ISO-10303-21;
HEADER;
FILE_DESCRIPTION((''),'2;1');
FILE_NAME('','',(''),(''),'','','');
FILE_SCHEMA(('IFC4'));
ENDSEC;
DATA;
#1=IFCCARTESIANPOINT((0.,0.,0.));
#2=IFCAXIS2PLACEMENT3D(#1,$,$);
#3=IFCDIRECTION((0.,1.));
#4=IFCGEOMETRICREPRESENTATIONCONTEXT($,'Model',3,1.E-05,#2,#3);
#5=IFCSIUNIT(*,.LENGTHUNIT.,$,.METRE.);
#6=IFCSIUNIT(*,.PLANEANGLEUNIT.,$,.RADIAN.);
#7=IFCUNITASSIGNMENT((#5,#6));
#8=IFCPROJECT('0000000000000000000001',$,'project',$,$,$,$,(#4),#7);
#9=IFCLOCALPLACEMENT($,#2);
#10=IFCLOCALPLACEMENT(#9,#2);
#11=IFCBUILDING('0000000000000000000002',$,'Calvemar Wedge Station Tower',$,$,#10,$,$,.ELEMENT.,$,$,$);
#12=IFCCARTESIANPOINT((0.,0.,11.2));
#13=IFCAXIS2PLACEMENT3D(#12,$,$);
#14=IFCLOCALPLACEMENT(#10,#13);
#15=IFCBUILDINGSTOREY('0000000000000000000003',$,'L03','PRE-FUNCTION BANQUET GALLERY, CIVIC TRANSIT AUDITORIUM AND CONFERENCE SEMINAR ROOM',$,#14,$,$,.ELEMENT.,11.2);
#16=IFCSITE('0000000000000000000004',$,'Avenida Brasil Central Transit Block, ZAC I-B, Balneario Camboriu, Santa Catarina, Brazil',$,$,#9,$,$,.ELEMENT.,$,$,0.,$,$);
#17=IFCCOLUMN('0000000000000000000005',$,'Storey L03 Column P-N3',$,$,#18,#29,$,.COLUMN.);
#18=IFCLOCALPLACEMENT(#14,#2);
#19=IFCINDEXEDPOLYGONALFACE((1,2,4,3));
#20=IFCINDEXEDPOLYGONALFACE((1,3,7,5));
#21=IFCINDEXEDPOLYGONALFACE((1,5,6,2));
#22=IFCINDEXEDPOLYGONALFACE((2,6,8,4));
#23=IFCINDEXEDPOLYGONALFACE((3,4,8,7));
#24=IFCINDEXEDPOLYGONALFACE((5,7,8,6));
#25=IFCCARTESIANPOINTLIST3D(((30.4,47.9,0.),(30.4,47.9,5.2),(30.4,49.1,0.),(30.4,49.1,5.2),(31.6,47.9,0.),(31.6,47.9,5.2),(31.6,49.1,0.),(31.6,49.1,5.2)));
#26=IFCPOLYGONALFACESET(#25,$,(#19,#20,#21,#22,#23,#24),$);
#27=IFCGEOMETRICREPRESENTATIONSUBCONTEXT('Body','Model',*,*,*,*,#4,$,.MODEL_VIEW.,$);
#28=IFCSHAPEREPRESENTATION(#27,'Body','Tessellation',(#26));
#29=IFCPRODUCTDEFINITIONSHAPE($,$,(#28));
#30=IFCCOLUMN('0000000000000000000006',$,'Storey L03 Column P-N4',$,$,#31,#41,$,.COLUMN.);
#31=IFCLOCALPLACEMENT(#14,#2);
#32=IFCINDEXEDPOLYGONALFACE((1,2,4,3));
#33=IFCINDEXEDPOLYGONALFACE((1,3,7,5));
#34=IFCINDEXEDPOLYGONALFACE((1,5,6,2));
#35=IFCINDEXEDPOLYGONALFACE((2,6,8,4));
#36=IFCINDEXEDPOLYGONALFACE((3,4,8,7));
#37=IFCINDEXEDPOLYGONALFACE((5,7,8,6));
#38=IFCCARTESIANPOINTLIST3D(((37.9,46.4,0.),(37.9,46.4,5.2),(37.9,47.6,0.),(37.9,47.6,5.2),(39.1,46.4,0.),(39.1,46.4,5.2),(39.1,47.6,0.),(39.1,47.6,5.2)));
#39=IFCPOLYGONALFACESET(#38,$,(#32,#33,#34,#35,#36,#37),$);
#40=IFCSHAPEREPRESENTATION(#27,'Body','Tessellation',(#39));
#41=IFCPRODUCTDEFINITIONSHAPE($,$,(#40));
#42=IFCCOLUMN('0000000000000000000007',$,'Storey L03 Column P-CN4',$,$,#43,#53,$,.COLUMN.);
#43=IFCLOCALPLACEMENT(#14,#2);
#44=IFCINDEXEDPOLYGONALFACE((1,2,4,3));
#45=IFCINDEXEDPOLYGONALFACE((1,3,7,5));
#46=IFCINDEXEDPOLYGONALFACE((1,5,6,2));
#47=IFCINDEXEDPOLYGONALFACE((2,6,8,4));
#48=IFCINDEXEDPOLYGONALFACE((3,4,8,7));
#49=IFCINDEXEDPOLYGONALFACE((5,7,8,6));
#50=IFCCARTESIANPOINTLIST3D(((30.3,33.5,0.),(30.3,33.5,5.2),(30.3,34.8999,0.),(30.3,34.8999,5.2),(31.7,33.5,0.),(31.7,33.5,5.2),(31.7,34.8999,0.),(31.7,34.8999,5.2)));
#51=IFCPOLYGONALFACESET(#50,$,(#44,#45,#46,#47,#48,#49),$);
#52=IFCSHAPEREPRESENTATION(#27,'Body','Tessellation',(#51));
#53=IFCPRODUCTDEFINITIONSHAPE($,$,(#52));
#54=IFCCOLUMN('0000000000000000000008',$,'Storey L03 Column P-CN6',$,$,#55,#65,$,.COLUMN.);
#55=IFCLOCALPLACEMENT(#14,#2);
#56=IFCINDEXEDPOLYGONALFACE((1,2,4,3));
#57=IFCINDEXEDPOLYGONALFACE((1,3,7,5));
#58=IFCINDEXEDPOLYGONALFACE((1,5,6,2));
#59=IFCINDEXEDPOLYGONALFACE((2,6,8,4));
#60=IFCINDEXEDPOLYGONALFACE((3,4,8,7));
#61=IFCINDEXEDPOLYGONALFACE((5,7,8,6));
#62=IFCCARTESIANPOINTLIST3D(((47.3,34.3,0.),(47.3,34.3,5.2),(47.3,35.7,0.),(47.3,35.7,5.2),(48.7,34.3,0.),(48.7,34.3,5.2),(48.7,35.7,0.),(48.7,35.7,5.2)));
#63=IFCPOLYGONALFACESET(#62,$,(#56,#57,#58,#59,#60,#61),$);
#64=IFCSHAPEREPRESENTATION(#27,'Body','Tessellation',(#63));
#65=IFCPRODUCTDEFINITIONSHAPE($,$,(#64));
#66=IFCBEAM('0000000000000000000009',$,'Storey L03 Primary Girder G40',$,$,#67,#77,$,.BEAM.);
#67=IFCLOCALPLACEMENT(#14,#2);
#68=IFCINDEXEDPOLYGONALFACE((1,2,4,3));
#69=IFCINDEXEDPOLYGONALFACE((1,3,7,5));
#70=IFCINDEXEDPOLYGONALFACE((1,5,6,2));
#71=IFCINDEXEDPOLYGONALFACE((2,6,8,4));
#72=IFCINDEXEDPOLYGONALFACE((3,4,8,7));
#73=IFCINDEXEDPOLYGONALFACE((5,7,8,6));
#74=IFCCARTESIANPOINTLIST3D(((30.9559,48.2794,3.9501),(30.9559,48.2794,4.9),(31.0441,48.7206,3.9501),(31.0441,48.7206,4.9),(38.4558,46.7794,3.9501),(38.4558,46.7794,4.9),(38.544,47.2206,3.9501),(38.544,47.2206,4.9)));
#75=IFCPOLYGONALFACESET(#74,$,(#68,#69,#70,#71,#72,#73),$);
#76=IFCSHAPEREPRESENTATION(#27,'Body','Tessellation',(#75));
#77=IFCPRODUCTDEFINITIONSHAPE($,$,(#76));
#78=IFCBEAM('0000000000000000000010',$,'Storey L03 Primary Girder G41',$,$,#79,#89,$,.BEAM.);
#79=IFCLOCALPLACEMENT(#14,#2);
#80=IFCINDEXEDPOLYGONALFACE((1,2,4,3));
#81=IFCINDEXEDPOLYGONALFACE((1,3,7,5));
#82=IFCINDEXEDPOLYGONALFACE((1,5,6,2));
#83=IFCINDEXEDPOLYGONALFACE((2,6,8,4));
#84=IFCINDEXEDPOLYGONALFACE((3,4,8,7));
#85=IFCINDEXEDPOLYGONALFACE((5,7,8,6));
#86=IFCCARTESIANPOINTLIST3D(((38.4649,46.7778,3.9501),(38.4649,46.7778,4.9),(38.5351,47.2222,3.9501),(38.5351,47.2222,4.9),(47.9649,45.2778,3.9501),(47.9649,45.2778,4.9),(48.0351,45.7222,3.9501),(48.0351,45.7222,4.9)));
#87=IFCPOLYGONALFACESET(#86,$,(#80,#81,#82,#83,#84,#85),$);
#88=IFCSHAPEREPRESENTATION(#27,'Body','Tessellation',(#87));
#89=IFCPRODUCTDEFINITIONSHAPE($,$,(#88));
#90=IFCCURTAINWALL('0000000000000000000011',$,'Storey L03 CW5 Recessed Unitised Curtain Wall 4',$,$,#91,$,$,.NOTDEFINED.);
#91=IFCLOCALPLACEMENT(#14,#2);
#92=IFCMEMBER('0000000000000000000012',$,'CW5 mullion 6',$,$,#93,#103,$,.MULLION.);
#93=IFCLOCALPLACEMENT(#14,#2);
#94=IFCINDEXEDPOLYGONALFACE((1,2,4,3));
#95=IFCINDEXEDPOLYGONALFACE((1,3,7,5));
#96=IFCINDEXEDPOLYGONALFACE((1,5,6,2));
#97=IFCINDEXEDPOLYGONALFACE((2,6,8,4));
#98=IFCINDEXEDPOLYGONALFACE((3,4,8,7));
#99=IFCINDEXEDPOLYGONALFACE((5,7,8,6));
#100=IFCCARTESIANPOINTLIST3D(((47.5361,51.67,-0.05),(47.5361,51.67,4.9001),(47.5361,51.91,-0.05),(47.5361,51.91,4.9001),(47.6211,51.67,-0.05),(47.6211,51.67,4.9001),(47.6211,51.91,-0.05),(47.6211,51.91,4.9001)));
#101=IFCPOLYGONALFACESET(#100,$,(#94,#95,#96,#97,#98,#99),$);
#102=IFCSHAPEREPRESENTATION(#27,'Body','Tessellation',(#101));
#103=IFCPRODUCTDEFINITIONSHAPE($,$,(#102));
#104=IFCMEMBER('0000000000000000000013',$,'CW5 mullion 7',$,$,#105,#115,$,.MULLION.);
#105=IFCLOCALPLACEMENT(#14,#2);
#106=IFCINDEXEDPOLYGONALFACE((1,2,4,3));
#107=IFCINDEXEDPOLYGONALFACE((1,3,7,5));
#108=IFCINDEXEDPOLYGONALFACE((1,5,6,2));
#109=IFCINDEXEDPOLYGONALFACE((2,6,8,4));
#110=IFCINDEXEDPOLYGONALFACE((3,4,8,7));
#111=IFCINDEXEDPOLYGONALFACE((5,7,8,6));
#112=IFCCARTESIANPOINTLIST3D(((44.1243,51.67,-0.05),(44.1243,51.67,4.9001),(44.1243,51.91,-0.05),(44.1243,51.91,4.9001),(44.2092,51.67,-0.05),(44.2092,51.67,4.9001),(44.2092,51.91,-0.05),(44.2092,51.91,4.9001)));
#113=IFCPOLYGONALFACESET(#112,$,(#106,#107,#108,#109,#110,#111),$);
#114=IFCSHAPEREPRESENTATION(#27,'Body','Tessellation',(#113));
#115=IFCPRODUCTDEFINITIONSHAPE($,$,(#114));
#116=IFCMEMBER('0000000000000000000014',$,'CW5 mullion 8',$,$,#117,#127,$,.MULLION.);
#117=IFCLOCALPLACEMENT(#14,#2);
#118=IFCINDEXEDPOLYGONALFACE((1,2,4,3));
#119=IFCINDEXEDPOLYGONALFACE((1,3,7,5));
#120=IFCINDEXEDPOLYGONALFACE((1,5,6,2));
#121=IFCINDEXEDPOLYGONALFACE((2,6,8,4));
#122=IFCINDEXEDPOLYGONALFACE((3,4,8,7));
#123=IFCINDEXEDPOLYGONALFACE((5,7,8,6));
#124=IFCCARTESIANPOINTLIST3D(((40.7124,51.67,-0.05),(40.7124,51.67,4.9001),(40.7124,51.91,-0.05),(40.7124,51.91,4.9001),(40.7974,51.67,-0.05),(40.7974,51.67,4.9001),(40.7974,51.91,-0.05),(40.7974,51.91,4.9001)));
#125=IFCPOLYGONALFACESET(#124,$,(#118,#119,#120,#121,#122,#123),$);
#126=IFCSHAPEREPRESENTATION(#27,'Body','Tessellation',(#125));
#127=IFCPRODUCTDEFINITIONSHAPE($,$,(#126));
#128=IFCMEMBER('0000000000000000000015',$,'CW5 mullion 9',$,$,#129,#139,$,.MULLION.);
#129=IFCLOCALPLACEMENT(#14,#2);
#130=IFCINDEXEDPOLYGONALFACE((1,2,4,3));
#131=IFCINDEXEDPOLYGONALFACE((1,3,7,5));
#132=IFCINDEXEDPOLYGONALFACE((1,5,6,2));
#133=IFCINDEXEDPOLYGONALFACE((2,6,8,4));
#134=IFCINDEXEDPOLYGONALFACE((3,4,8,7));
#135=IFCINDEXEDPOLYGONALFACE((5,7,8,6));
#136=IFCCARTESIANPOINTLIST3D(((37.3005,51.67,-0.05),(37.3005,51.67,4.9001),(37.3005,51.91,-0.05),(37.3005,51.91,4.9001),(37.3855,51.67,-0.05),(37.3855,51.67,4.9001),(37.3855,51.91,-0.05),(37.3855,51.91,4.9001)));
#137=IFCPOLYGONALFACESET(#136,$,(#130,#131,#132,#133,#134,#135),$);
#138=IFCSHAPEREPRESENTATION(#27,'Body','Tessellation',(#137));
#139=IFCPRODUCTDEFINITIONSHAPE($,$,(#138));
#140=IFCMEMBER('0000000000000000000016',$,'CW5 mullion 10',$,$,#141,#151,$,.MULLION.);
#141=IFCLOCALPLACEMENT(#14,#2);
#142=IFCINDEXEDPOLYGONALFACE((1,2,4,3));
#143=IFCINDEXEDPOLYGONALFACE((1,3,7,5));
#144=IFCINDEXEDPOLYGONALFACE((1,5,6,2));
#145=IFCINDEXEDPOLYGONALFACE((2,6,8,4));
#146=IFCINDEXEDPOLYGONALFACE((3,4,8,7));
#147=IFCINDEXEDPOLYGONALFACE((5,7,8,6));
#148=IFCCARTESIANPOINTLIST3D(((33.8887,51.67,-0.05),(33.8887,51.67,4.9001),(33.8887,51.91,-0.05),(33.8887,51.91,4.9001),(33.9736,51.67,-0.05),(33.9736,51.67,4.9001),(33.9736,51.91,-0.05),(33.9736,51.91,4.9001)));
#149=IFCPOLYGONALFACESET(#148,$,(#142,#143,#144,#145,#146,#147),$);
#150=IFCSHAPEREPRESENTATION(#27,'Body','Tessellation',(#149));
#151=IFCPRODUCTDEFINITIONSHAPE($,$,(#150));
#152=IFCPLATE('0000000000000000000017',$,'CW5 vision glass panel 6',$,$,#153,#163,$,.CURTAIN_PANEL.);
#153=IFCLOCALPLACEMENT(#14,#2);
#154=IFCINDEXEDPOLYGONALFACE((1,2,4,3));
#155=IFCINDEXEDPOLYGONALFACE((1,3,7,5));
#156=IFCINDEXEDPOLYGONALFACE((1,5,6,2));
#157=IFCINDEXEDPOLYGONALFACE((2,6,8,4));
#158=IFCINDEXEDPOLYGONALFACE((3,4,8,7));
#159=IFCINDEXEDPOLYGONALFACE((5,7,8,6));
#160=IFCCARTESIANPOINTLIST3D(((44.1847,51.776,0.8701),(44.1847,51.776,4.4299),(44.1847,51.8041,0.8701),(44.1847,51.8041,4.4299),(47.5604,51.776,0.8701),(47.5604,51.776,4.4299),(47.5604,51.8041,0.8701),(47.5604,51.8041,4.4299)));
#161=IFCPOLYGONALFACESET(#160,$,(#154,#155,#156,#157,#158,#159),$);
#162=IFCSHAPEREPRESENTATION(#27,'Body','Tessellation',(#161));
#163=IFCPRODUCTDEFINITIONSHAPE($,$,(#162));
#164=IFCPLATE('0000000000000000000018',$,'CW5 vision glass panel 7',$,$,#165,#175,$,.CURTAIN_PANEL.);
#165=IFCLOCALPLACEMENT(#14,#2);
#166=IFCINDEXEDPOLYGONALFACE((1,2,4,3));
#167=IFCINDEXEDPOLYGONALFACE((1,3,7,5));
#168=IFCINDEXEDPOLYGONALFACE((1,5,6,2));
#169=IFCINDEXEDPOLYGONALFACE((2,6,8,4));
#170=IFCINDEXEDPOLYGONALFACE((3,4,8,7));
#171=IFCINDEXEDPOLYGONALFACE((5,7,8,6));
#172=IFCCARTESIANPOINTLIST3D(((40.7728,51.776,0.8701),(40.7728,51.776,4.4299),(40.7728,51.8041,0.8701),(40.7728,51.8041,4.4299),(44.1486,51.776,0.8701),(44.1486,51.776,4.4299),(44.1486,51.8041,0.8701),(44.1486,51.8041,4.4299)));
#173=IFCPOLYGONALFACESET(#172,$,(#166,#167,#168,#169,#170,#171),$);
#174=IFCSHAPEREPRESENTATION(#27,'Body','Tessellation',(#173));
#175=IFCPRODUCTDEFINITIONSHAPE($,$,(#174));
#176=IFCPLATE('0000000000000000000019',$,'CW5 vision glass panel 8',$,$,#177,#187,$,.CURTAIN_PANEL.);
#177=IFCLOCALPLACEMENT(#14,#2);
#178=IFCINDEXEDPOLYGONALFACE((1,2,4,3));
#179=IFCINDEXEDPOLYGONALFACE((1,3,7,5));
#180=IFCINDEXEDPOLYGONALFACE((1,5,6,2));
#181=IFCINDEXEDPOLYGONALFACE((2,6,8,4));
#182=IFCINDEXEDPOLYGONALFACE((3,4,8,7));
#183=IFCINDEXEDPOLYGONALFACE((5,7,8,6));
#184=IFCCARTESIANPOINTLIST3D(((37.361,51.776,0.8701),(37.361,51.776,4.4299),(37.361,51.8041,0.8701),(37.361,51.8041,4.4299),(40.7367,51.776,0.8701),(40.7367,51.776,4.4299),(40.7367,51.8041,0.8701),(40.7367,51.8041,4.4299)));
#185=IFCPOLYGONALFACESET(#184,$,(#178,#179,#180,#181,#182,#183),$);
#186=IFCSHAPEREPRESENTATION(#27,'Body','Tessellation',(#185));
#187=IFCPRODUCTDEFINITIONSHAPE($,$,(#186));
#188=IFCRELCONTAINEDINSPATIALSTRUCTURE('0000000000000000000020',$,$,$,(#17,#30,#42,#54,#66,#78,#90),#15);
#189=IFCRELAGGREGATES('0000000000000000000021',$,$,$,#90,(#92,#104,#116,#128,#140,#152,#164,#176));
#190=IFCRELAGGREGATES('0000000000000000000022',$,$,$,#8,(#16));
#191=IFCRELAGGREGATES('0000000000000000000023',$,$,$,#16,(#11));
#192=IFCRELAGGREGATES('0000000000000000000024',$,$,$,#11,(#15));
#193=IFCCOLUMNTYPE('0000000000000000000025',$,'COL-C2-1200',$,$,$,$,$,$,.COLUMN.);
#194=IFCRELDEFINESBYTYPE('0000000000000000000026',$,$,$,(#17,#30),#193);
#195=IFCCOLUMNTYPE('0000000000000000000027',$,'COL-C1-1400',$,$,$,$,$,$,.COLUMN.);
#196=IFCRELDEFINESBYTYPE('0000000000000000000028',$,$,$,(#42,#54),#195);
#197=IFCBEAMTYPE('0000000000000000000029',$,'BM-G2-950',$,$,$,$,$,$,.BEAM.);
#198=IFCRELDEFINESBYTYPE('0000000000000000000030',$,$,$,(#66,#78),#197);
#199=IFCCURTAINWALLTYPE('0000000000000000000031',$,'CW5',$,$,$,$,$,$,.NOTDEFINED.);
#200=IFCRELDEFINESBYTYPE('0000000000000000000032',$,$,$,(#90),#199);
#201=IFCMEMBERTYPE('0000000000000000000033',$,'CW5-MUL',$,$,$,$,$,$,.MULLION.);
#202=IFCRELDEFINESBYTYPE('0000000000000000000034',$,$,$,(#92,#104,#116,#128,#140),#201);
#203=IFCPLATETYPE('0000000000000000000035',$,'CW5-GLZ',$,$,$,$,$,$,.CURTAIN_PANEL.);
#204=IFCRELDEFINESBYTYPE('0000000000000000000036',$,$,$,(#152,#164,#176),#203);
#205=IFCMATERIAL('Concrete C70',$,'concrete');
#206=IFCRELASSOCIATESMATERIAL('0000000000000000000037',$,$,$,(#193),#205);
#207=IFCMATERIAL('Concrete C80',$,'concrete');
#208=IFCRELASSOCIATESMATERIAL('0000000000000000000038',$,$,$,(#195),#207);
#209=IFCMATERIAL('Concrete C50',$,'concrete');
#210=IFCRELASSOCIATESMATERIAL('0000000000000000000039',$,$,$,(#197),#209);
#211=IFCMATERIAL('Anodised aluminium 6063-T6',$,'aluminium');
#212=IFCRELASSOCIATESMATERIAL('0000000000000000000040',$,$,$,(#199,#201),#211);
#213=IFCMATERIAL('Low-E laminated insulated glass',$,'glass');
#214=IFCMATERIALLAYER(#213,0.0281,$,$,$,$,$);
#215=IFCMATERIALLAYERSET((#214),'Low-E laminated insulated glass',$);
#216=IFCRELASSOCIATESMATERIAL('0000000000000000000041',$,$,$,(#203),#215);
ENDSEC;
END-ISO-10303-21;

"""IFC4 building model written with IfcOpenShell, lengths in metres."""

from ifc_helpers import new_model, si_unit, direction, frame, frame_2d, origin, origin_2d, place, context, subcontext, project, spatial, rectangle, extrude, source, transform, mapped, material, layer, layer_set, material_profile, profile_set, type_object, element, aggregate, save


model = new_model("IFC4")

# Units and contexts
model_context = context("Model", 3, precision=1e-05, world=origin(), true_north=direction((0.0, 1.0)))
body_context = subcontext(model_context, "Body", "Model", "MODEL_VIEW")
ifc_project = project(units=[si_unit("LENGTHUNIT", "METRE"), si_unit("PLANEANGLEUNIT", "RADIAN")], contexts=[model_context])

# Site, building, storey
site_placement = place(None, origin())
site = spatial("IfcSite", under=ifc_project, at=site_placement, Name="Avenida Brasil Central Transit Block, ZAC I-B, Balneario Camboriu, Santa Catarina, Brazil", CompositionType="ELEMENT", RefElevation=0.0)
building_placement = place(site_placement, origin())
building = spatial("IfcBuilding", under=site, at=building_placement, Name="Calvemar Wedge Station Tower", CompositionType="ELEMENT")
storey_placement = place(building_placement, frame((0.0, 0.0, 11.2)))
storey = spatial("IfcBuildingStorey", under=building, at=storey_placement, Name="L03", Description="PRE-FUNCTION BANQUET GALLERY, CIVIC TRANSIT AUDITORIUM AND CONFERENCE SEMINAR ROOM", CompositionType="ELEMENT", Elevation=11.2)

# Columns
ifc_material_1 = material(Name="Concrete C70", Category="concrete")
ifc_material_profile_1 = material_profile(ifc_material_1, rectangle(XDim=1.2, YDim=1.2, at=origin_2d()), Name="RC1200x1200")
ifc_profile_set_1 = profile_set([ifc_material_profile_1], Name="Concrete C70")
column_type_1 = type_object("IfcColumnType", Name="COL-C2-1200", PredefinedType="COLUMN", material=ifc_profile_set_1)
shared_shape_1 = source(origin(), body_context, "Body", "SweptSolid", [
    extrude(rectangle(XDim=1.2, YDim=1.2, at=origin_2d()), origin(), (0.0, 0.0, 1.0), 5.2),
])
for number, where, z_axis, x_axis, name in (
    (1, (31.0, 48.5, 0.0), (0.0, 0.0, 1.0), (1.0, 0.0, 0.0), "Storey L03 Column P-N3"),
    (2, (38.5, 47.0, 0.0), (0.0, 0.0, 1.0), (1.0, 0.0, 0.0), "Storey L03 Column P-N4"),
):
    element("IfcColumn", number, at=place(storey_placement, frame(where, z_axis=z_axis, x_axis=x_axis)), inside=storey, type_object=column_type_1, Name=name, PredefinedType="COLUMN", context=body_context, shape_type="MappedRepresentation", body=[
        mapped(shared_shape_1, transform((0.0, 0.0, 0.0), scale=1.0)),
    ])
ifc_material_2 = material(Name="Concrete C80", Category="concrete")
ifc_material_profile_2 = material_profile(ifc_material_2, rectangle(XDim=1.3999, YDim=1.3999, at=origin_2d()), Name="RC1400x1400")
ifc_profile_set_2 = profile_set([ifc_material_profile_2], Name="Concrete C80")
column_type_2 = type_object("IfcColumnType", Name="COL-C1-1400", PredefinedType="COLUMN", material=ifc_profile_set_2)
shared_shape_2 = source(origin(), body_context, "Body", "SweptSolid", [
    extrude(rectangle(XDim=1.3999, YDim=1.3999, at=origin_2d()), origin(), (0.0, 0.0, 1.0), 5.2),
])
for number, where, z_axis, x_axis, name in (
    (3, (31.0, 34.2, 0.0), (0.0, 0.0, 1.0), (1.0, 0.0, 0.0), "Storey L03 Column P-CN4"),
    (4, (48.0, 35.0, 0.0), (0.0, 0.0, 1.0), (1.0, 0.0, 0.0), "Storey L03 Column P-CN6"),
):
    element("IfcColumn", number, at=place(storey_placement, frame(where, z_axis=z_axis, x_axis=x_axis)), inside=storey, type_object=column_type_2, Name=name, PredefinedType="COLUMN", context=body_context, shape_type="MappedRepresentation", body=[
        mapped(shared_shape_2, transform((0.0, 0.0, 0.0), scale=1.0)),
    ])

# Beams
ifc_material_3 = material(Name="Concrete C50", Category="concrete")
ifc_material_profile_3 = material_profile(ifc_material_3, rectangle(XDim=0.45, YDim=0.95, at=origin_2d()), Name="RC450x950")
ifc_profile_set_3 = profile_set([ifc_material_profile_3], Name="Concrete C50")
beam_type = type_object("IfcBeamType", Name="BM-G2-950", PredefinedType="BEAM", material=ifc_profile_set_3)
shared_shape_3 = source(origin(), body_context, "Body", "SweptSolid", [
    extrude(rectangle(XDim=0.45, YDim=0.95, at=origin_2d()), origin(), (0.0, 0.0, 1.0), 7.6484),
])
beam_1_placement = place(storey_placement, frame((31.0, 48.5, 4.425), z_axis=(0.980581, -0.196116, 0.0), x_axis=(0.196116, 0.980581, 0.0)))
element("IfcBeam", 5, at=beam_1_placement, inside=storey, type_object=beam_type, Name="Storey L03 Primary Girder G40", PredefinedType="BEAM", context=body_context, shape_type="MappedRepresentation", body=[
    mapped(shared_shape_3, transform((0.0, 0.0, 0.0), scale=1.0)),
])
shared_shape_4 = source(origin(), body_context, "Body", "SweptSolid", [
    extrude(rectangle(XDim=0.45, YDim=0.95, at=origin_2d()), origin(), (0.0, 0.0, 1.0), 9.6177),
])
beam_2_placement = place(storey_placement, frame((38.5, 47.0, 4.425), z_axis=(0.987763, -0.155963, 0.0), x_axis=(0.155963, 0.987763, 0.0)))
element("IfcBeam", 6, at=beam_2_placement, inside=storey, type_object=beam_type, Name="Storey L03 Primary Girder G41", PredefinedType="BEAM", context=body_context, shape_type="MappedRepresentation", body=[
    mapped(shared_shape_4, transform((0.0, 0.0, 0.0), scale=1.0)),
])

# Curtain wall, members, plates
ifc_material_4 = material(Name="Anodised aluminium 6063-T6", Category="aluminium")
curtain_wall_type = type_object("IfcCurtainWallType", Name="CW5", PredefinedType="NOTDEFINED", material=ifc_material_4)
curtain_wall_placement = place(storey_placement, origin())
curtain_wall = element("IfcCurtainWall", 7, at=curtain_wall_placement, inside=storey, type_object=curtain_wall_type, Name="Storey L03 CW5 Recessed Unitised Curtain Wall 4", PredefinedType="NOTDEFINED")
ifc_material_profile_4 = material_profile(ifc_material_4, rectangle(XDim=0.085, YDim=0.24, at=origin_2d()), Name="AL-MUL-85x240")
ifc_profile_set_4 = profile_set([ifc_material_profile_4], Name="Anodised aluminium 6063-T6")
member_type = type_object("IfcMemberType", Name="CW5-MUL", PredefinedType="MULLION", material=ifc_profile_set_4)
shared_shape_5 = source(origin(), body_context, "Body", "SweptSolid", [
    extrude(rectangle(XDim=0.085, YDim=0.24, at=origin_2d()), origin(), (0.0, 0.0, 1.0), 4.9502),
])
member_1_placement = place(storey_placement, frame((47.5786, 51.79, -0.05), z_axis=(0.0, 0.0, 1.0), x_axis=(1.0, 0.0, 0.0)))
member_1 = element("IfcMember", 8, at=member_1_placement, type_object=member_type, Name="CW5 mullion 6", PredefinedType="MULLION", context=body_context, shape_type="MappedRepresentation", body=[
    mapped(shared_shape_5, transform((0.0, 0.0, 0.0), scale=1.0)),
])
member_2_placement = place(storey_placement, frame((44.1667, 51.79, -0.05), z_axis=(0.0, 0.0, 1.0), x_axis=(1.0, 0.0, 0.0)))
member_2 = element("IfcMember", 9, at=member_2_placement, type_object=member_type, Name="CW5 mullion 7", PredefinedType="MULLION", context=body_context, shape_type="MappedRepresentation", body=[
    mapped(shared_shape_5, transform((0.0, 0.0, 0.0), scale=1.0)),
])
member_3_placement = place(storey_placement, frame((40.7549, 51.79, -0.05), z_axis=(0.0, 0.0, 1.0), x_axis=(1.0, 0.0, 0.0)))
member_3 = element("IfcMember", 10, at=member_3_placement, type_object=member_type, Name="CW5 mullion 8", PredefinedType="MULLION", context=body_context, shape_type="MappedRepresentation", body=[
    mapped(shared_shape_5, transform((0.0, 0.0, 0.0), scale=1.0)),
])
member_4_placement = place(storey_placement, frame((37.343, 51.79, -0.05), z_axis=(0.0, 0.0, 1.0), x_axis=(1.0, 0.0, 0.0)))
member_4 = element("IfcMember", 11, at=member_4_placement, type_object=member_type, Name="CW5 mullion 9", PredefinedType="MULLION", context=body_context, shape_type="MappedRepresentation", body=[
    mapped(shared_shape_5, transform((0.0, 0.0, 0.0), scale=1.0)),
])
member_5_placement = place(storey_placement, frame((33.9312, 51.79, -0.05), z_axis=(0.0, 0.0, 1.0), x_axis=(1.0, 0.0, 0.0)))
member_5 = element("IfcMember", 12, at=member_5_placement, type_object=member_type, Name="CW5 mullion 10", PredefinedType="MULLION", context=body_context, shape_type="MappedRepresentation", body=[
    mapped(shared_shape_5, transform((0.0, 0.0, 0.0), scale=1.0)),
])
ifc_material_5 = material(Name="Low-E laminated insulated glass", Category="glass")
ifc_layer_1 = layer(ifc_material_5, 0.0281)
ifc_layer_set_1 = layer_set([ifc_layer_1], Name="Low-E laminated insulated glass")
plate_type_1 = type_object("IfcPlateType", Name="CW5-GLZ", PredefinedType="CURTAIN_PANEL", material=ifc_layer_set_1)
plate_1_placement = place(storey_placement, frame((47.5605, 51.79, 0.8701), z_axis=(0.0, 0.0, 1.0), x_axis=(-1.0, 0.0, 0.0)))
plate_1 = element("IfcPlate", 13, at=plate_1_placement, type_object=plate_type_1, Name="CW5 vision glass panel 6", PredefinedType="CURTAIN_PANEL", context=body_context, shape_type="SweptSolid", body=[
    extrude(rectangle(XDim=3.3757, YDim=0.0281, at=frame_2d((1.688, 0.0))), origin(), (0.0, 0.0, 1.0), 3.5598),
])
plate_2_placement = place(storey_placement, frame((44.1487, 51.79, 0.8701), z_axis=(0.0, 0.0, 1.0), x_axis=(-1.0, 0.0, 0.0)))
plate_2 = element("IfcPlate", 14, at=plate_2_placement, type_object=plate_type_1, Name="CW5 vision glass panel 7", PredefinedType="CURTAIN_PANEL", context=body_context, shape_type="SweptSolid", body=[
    extrude(rectangle(XDim=3.3757, YDim=0.0281, at=frame_2d((1.688, 0.0))), origin(), (0.0, 0.0, 1.0), 3.5598),
])
plate_3_placement = place(storey_placement, frame((40.7368, 51.79, 0.8701), z_axis=(0.0, 0.0, 1.0), x_axis=(-1.0, 0.0, 0.0)))
plate_3 = element("IfcPlate", 15, at=plate_3_placement, type_object=plate_type_1, Name="CW5 vision glass panel 8", PredefinedType="CURTAIN_PANEL", context=body_context, shape_type="SweptSolid", body=[
    extrude(rectangle(XDim=3.3757, YDim=0.0281, at=frame_2d((1.688, 0.0))), origin(), (0.0, 0.0, 1.0), 3.5598),
])
aggregate(curtain_wall, [member_1, member_2, member_3, member_4, member_5, plate_1, plate_2, plate_3])

save(model, "model.ifc")
